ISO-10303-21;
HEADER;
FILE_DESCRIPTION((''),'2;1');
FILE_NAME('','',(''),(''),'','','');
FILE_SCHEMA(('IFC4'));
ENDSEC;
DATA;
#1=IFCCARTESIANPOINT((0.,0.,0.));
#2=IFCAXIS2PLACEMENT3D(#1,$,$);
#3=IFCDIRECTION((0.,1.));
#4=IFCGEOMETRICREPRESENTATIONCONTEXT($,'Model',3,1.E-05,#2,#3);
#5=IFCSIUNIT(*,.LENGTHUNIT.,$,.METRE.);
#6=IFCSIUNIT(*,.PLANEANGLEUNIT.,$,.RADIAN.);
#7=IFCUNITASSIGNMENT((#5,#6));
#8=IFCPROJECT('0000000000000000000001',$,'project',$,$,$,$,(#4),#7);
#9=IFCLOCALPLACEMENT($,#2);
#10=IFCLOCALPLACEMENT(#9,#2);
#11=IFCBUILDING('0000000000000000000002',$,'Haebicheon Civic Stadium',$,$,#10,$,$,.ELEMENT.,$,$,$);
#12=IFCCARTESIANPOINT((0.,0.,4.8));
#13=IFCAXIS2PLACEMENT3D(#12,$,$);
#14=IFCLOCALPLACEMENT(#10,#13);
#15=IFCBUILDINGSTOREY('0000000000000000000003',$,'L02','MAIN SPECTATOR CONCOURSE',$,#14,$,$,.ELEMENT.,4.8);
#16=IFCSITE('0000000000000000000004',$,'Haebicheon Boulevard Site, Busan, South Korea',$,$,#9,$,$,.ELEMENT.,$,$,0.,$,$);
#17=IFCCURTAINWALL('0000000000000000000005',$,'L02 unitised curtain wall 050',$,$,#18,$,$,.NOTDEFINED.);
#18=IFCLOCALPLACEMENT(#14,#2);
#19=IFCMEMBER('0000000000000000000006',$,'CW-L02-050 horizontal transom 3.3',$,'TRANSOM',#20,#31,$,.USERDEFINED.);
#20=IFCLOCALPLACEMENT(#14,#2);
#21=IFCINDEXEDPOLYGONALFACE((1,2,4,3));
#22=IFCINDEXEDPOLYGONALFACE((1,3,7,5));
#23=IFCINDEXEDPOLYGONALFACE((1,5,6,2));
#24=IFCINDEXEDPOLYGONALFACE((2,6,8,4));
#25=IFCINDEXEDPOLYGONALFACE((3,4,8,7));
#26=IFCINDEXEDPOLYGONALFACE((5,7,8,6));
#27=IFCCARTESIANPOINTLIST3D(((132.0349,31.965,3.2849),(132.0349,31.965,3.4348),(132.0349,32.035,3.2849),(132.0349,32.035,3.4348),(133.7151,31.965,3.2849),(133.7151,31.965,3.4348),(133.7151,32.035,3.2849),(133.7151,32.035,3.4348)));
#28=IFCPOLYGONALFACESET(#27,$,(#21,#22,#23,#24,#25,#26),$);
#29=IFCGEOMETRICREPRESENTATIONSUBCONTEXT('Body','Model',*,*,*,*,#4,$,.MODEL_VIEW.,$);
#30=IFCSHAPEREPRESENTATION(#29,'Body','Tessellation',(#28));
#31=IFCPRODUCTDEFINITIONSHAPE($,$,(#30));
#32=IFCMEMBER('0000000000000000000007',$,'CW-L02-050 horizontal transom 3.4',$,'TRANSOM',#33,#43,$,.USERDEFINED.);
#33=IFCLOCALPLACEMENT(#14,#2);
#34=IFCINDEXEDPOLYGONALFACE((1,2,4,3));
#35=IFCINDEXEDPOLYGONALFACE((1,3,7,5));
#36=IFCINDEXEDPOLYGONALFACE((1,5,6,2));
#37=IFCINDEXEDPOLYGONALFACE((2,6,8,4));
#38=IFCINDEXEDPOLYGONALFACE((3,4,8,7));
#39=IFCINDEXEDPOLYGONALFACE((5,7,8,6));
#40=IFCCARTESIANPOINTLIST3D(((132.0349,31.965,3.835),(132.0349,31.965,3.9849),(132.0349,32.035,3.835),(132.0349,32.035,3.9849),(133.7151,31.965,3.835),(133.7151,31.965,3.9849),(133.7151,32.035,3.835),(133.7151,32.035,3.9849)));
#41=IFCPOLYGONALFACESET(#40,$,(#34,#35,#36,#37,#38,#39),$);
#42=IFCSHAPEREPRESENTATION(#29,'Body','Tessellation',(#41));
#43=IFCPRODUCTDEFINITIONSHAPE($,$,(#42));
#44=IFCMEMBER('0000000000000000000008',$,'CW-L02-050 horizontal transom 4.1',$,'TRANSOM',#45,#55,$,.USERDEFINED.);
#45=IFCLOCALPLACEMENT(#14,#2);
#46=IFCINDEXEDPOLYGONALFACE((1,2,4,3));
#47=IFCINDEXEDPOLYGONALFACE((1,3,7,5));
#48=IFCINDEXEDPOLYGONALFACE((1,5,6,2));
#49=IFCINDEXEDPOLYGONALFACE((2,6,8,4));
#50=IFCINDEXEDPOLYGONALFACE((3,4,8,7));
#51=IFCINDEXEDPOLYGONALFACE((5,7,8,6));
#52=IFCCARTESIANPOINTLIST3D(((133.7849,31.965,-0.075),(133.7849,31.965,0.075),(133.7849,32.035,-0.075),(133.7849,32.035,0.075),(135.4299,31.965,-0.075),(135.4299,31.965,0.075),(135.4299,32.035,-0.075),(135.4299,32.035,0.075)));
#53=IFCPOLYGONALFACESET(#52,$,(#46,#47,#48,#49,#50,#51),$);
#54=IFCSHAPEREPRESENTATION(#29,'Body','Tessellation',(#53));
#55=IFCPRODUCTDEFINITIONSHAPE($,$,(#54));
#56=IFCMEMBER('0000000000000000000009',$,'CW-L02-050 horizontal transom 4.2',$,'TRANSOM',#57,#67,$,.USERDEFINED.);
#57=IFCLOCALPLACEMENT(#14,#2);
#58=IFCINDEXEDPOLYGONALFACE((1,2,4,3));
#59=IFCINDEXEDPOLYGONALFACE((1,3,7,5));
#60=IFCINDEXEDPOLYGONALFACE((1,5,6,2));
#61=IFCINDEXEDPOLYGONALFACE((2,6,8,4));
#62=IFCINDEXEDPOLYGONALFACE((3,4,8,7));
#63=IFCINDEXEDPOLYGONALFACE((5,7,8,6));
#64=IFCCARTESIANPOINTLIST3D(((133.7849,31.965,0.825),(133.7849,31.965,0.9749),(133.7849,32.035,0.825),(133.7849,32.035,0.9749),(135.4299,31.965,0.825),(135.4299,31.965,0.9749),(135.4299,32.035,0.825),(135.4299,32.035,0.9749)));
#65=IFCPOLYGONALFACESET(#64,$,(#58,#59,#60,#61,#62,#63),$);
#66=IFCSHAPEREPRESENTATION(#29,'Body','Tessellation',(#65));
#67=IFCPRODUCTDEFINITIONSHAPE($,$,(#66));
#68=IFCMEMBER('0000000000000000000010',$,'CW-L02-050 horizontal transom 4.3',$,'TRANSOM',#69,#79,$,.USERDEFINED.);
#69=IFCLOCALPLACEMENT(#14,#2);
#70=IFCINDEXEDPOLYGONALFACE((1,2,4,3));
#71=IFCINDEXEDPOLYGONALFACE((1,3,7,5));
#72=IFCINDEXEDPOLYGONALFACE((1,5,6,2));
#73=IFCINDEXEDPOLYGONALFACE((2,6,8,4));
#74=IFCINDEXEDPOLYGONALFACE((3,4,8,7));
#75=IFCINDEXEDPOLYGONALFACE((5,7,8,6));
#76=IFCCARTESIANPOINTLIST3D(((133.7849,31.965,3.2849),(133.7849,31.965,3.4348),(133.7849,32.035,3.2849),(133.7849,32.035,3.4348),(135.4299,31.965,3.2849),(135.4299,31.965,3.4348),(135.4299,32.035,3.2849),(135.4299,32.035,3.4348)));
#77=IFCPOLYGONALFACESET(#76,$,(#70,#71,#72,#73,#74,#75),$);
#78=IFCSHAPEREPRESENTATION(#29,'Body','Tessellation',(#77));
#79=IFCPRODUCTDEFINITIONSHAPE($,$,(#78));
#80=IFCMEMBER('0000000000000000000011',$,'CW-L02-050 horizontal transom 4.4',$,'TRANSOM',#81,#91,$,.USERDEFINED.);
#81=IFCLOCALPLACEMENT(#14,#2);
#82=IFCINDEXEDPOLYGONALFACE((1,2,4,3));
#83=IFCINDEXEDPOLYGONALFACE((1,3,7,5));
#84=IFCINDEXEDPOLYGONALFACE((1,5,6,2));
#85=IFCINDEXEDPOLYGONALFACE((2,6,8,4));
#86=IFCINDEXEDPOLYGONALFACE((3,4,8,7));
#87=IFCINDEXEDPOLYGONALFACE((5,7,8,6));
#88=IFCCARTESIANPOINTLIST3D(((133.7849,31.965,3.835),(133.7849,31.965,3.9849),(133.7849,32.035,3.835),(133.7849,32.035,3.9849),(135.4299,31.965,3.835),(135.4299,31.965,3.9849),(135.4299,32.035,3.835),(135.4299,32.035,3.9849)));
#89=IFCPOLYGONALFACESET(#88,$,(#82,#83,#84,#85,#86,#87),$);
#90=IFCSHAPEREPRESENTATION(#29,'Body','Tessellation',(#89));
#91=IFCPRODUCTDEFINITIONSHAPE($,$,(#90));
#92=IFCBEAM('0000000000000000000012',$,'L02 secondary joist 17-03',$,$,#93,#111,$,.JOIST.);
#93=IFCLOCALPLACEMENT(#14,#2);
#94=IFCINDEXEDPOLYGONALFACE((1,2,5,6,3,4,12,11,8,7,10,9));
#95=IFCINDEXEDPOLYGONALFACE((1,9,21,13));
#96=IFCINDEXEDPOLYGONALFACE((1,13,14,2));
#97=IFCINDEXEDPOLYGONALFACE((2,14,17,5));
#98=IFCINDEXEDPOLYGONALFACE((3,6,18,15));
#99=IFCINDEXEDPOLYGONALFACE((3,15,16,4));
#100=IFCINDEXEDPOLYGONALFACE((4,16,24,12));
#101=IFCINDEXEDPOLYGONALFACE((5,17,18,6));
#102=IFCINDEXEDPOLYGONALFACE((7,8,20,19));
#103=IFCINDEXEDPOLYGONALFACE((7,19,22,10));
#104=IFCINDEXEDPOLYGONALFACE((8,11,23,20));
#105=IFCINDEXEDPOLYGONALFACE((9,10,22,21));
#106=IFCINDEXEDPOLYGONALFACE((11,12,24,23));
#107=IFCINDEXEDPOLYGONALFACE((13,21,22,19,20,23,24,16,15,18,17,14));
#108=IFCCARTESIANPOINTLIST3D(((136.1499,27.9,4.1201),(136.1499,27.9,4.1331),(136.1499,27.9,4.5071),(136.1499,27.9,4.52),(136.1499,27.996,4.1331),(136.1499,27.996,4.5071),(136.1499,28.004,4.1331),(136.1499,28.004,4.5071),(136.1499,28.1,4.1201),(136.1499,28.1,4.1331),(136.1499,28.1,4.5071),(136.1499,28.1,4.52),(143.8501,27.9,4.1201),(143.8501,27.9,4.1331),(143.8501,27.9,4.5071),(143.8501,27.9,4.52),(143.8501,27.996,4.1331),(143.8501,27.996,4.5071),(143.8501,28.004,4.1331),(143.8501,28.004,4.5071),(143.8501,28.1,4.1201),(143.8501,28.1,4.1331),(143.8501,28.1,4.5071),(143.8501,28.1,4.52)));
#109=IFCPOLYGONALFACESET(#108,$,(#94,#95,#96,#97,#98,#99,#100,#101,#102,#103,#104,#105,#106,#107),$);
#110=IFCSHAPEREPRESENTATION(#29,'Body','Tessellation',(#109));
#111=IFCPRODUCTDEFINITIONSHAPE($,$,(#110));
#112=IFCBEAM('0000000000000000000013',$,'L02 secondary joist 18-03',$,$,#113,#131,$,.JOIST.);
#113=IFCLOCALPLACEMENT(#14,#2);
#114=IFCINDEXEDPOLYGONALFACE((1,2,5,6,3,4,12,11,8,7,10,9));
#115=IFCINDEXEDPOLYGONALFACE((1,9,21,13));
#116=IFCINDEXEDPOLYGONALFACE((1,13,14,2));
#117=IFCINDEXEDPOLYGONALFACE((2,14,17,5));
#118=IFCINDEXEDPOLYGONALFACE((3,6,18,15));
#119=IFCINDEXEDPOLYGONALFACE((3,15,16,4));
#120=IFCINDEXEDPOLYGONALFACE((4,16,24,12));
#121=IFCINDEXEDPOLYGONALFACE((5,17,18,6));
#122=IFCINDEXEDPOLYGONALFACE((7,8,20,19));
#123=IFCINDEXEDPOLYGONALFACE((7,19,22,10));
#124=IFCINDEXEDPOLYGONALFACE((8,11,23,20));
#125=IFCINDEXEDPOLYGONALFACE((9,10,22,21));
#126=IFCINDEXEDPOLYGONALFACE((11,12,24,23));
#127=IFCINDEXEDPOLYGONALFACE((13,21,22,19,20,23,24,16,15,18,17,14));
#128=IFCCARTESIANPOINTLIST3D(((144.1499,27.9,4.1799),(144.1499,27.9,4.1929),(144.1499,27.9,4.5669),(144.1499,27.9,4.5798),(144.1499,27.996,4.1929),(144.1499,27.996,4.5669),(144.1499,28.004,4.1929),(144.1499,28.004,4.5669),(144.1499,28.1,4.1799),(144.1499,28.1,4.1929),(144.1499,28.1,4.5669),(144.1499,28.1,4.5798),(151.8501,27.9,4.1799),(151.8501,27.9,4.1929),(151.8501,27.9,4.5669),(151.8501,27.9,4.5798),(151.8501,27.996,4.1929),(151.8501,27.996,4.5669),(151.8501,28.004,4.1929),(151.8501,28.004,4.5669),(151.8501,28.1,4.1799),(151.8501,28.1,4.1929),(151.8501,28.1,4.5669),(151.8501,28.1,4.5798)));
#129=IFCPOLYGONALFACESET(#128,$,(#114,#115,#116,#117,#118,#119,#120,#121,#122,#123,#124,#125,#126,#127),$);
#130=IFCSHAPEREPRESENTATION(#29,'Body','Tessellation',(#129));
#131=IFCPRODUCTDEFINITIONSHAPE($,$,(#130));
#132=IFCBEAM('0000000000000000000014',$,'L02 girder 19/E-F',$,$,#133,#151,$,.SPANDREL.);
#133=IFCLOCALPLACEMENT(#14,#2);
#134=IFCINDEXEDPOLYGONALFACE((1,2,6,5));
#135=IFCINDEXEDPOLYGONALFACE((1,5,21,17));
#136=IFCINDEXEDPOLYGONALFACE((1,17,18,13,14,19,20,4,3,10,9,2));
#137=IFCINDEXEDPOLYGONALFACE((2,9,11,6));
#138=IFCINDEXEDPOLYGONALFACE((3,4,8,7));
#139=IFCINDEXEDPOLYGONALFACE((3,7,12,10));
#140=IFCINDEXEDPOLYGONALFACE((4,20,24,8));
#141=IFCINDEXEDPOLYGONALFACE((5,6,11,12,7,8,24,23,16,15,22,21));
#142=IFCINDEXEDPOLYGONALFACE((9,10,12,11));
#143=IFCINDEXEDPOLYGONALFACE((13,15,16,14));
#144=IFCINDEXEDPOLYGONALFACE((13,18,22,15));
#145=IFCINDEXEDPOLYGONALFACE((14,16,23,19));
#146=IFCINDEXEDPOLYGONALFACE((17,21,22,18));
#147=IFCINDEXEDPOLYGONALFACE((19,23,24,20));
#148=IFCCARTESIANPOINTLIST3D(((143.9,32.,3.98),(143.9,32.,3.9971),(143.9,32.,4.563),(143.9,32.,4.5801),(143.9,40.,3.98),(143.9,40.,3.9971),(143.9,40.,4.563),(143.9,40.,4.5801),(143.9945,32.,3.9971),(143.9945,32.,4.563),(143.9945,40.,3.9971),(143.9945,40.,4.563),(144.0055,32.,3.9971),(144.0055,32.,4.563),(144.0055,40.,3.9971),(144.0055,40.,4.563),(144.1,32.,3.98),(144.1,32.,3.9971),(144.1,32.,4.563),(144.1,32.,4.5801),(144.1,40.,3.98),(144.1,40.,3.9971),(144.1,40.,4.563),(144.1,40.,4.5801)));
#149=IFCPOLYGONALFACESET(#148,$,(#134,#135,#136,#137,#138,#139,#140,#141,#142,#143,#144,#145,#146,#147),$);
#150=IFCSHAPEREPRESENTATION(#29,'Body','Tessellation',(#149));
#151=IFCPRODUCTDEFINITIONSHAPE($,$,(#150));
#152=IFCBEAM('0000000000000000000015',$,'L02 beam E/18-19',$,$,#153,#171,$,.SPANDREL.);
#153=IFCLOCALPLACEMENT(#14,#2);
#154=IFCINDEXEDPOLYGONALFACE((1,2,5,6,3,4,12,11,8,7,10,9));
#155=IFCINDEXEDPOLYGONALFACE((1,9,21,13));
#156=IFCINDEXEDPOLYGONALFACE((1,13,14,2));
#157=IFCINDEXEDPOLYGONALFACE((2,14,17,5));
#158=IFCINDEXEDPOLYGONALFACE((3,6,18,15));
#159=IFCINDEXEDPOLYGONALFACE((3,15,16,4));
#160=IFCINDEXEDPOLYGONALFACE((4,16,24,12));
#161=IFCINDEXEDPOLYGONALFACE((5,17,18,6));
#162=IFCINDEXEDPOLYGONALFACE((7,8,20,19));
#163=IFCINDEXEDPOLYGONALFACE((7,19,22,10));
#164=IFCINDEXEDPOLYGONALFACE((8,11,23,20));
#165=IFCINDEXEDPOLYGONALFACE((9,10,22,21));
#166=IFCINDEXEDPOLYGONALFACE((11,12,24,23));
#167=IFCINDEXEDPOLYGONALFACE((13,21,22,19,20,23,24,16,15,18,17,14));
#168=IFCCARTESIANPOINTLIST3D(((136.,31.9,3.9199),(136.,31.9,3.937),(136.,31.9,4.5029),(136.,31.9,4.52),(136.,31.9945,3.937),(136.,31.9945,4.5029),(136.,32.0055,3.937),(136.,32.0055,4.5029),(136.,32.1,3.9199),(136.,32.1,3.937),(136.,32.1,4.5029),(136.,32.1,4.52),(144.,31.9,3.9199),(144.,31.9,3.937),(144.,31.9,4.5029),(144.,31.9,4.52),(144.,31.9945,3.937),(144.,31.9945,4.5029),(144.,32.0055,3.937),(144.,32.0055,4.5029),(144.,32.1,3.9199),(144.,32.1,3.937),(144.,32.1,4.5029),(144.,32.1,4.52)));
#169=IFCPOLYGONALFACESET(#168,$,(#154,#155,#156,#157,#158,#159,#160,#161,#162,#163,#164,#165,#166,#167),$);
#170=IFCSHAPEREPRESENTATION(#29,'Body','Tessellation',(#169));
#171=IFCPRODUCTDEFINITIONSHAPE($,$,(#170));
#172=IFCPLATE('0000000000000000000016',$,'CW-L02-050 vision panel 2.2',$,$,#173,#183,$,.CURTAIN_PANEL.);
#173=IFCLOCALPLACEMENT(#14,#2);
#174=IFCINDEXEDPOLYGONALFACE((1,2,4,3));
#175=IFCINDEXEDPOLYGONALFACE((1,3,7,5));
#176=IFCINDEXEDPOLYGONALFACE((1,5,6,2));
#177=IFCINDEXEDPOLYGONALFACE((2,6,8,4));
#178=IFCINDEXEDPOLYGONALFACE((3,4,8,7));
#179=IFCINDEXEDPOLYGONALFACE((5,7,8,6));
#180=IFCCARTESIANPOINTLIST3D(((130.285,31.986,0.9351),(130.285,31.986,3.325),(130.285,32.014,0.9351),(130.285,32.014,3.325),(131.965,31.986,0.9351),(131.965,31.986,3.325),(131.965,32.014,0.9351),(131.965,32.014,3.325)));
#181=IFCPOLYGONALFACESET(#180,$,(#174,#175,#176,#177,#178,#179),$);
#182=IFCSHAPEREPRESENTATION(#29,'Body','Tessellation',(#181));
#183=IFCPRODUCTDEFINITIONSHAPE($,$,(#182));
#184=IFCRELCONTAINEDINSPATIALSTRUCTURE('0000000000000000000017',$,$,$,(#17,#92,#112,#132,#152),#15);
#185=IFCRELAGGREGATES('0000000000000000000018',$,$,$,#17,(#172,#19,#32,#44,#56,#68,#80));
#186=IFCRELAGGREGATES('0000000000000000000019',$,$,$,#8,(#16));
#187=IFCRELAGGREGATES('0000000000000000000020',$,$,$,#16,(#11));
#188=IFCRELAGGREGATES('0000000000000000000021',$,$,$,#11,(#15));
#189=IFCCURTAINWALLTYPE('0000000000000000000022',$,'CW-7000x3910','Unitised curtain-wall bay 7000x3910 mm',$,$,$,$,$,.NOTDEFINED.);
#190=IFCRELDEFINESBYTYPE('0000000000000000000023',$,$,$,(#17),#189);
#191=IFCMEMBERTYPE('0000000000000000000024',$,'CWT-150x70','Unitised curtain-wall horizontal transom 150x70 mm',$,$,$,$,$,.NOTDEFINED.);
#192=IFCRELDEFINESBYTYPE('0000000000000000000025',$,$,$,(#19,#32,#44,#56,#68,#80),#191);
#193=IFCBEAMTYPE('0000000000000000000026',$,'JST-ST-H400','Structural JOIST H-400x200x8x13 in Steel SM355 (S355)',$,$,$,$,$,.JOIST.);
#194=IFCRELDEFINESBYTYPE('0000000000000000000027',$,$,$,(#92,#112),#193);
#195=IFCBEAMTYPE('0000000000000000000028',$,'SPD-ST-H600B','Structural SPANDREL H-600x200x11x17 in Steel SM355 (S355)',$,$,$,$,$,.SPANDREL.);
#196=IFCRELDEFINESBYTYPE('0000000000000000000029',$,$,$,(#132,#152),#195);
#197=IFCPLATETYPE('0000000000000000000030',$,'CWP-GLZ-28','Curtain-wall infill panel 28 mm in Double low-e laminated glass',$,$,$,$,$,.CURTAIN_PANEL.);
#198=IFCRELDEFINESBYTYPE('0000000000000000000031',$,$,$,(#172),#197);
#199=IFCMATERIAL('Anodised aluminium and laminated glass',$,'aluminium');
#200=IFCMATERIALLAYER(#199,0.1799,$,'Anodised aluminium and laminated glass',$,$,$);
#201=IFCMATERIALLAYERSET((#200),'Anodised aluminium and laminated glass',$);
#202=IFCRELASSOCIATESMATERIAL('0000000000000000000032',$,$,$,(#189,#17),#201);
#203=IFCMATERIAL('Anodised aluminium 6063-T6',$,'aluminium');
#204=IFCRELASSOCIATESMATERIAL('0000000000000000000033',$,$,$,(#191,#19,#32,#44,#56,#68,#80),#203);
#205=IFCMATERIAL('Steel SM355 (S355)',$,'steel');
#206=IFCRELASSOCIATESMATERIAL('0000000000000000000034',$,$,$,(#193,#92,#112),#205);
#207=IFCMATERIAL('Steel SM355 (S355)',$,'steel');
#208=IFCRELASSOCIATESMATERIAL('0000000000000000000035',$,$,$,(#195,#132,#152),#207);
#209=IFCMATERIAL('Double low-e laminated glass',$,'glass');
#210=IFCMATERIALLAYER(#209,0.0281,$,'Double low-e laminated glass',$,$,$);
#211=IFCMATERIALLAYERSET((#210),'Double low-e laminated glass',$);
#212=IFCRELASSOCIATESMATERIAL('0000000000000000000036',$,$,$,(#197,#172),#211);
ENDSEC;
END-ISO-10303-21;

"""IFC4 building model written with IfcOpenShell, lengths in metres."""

from ifc_helpers import new_model, si_unit, direction, frame, origin, origin_2d, place, context, subcontext, project, spatial, rectangle, i_section, extrude, material, layer, layer_set, material_profile, profile_set, type_object, element, aggregate, save


model = new_model("IFC4")

# Units and contexts
model_context = context("Model", 3, precision=1e-05, world=origin(), true_north=direction((0.0, 1.0)))
body_context = subcontext(model_context, "Body", "Model", "MODEL_VIEW")
ifc_project = project(units=[si_unit("LENGTHUNIT", "METRE"), si_unit("PLANEANGLEUNIT", "RADIAN")], contexts=[model_context])

# Site, building, storey
site_placement = place(None, origin())
site = spatial("IfcSite", under=ifc_project, at=site_placement, Name="Haebicheon Boulevard Site, Busan, South Korea", CompositionType="ELEMENT", RefElevation=0.0)
building_placement = place(site_placement, origin())
building = spatial("IfcBuilding", under=site, at=building_placement, Name="Haebicheon Civic Stadium", CompositionType="ELEMENT")
storey_placement = place(building_placement, frame((0.0, 0.0, 4.8)))
storey = spatial("IfcBuildingStorey", under=building, at=storey_placement, Name="L02", Description="MAIN SPECTATOR CONCOURSE", CompositionType="ELEMENT", Elevation=4.8)

# Curtain wall, members
ifc_material_1 = material(Name="Anodised aluminium and laminated glass", Category="aluminium")
ifc_layer_1 = layer(ifc_material_1, 0.1799, Name="Anodised aluminium and laminated glass")
ifc_layer_set_1 = layer_set([ifc_layer_1], Name="Anodised aluminium and laminated glass")
curtain_wall_type = type_object("IfcCurtainWallType", Name="CW-7000x3910", Description="Unitised curtain-wall bay 7000x3910 mm", PredefinedType="NOTDEFINED", material=ifc_layer_set_1)
curtain_wall_placement = place(storey_placement, origin())
curtain_wall = element("IfcCurtainWall", 1, at=curtain_wall_placement, inside=storey, type_object=curtain_wall_type, material=ifc_layer_set_1, Name="L02 unitised curtain wall 050", PredefinedType="NOTDEFINED")
ifc_material_2 = material(Name="Anodised aluminium 6063-T6", Category="aluminium")
ifc_material_profile_1 = material_profile(ifc_material_2, rectangle(XDim=0.0701, YDim=0.1499, at=origin_2d()), Name="ALU-TRAN-70x150")
ifc_profile_set_1 = profile_set([ifc_material_profile_1], Name="Anodised aluminium 6063-T6")
member_type_1 = type_object("IfcMemberType", Name="CWT-150x70", Description="Unitised curtain-wall horizontal transom 150x70 mm", PredefinedType="NOTDEFINED", material=ifc_profile_set_1)
member_1_placement = place(storey_placement, frame((132.0349, 32.0, 3.3599), z_axis=(1.0, 0.0, 0.0), x_axis=(0.0, 1.0, 0.0)))
member_1 = element("IfcMember", 2, at=member_1_placement, type_object=member_type_1, material=ifc_profile_set_1, Name="CW-L02-050 horizontal transom 3.3", ObjectType="TRANSOM", PredefinedType="USERDEFINED", context=body_context, shape_type="SweptSolid", body=[
    extrude(rectangle(XDim=0.0701, YDim=0.1499, at=origin_2d()), origin(), (0.0, 0.0, 1.0), 1.6802),
])
member_2_placement = place(storey_placement, frame((132.0349, 32.0, 3.9099), z_axis=(1.0, 0.0, 0.0), x_axis=(0.0, 1.0, 0.0)))
member_2 = element("IfcMember", 3, at=member_2_placement, type_object=member_type_1, material=ifc_profile_set_1, Name="CW-L02-050 horizontal transom 3.4", ObjectType="TRANSOM", PredefinedType="USERDEFINED", context=body_context, shape_type="SweptSolid", body=[
    extrude(rectangle(XDim=0.0701, YDim=0.1499, at=origin_2d()), origin(), (0.0, 0.0, 1.0), 1.6802),
])
member_3_placement = place(storey_placement, frame((133.7849, 32.0, 0.0), z_axis=(1.0, 0.0, 0.0), x_axis=(0.0, 1.0, 0.0)))
member_3 = element("IfcMember", 4, at=member_3_placement, type_object=member_type_1, material=ifc_profile_set_1, Name="CW-L02-050 horizontal transom 4.1", ObjectType="TRANSOM", PredefinedType="USERDEFINED", context=body_context, shape_type="SweptSolid", body=[
    extrude(rectangle(XDim=0.0701, YDim=0.1499, at=origin_2d()), origin(), (0.0, 0.0, 1.0), 1.645),
])
member_4_placement = place(storey_placement, frame((133.7849, 32.0, 0.8999), z_axis=(1.0, 0.0, 0.0), x_axis=(0.0, 1.0, 0.0)))
member_4 = element("IfcMember", 5, at=member_4_placement, type_object=member_type_1, material=ifc_profile_set_1, Name="CW-L02-050 horizontal transom 4.2", ObjectType="TRANSOM", PredefinedType="USERDEFINED", context=body_context, shape_type="SweptSolid", body=[
    extrude(rectangle(XDim=0.0701, YDim=0.1499, at=origin_2d()), origin(), (0.0, 0.0, 1.0), 1.645),
])
member_5_placement = place(storey_placement, frame((133.7849, 32.0, 3.3599), z_axis=(1.0, 0.0, 0.0), x_axis=(0.0, 1.0, 0.0)))
member_5 = element("IfcMember", 6, at=member_5_placement, type_object=member_type_1, material=ifc_profile_set_1, Name="CW-L02-050 horizontal transom 4.3", ObjectType="TRANSOM", PredefinedType="USERDEFINED", context=body_context, shape_type="SweptSolid", body=[
    extrude(rectangle(XDim=0.0701, YDim=0.1499, at=origin_2d()), origin(), (0.0, 0.0, 1.0), 1.645),
])
member_6_placement = place(storey_placement, frame((133.7849, 32.0, 3.9099), z_axis=(1.0, 0.0, 0.0), x_axis=(0.0, 1.0, 0.0)))
member_6 = element("IfcMember", 7, at=member_6_placement, type_object=member_type_1, material=ifc_profile_set_1, Name="CW-L02-050 horizontal transom 4.4", ObjectType="TRANSOM", PredefinedType="USERDEFINED", context=body_context, shape_type="SweptSolid", body=[
    extrude(rectangle(XDim=0.0701, YDim=0.1499, at=origin_2d()), origin(), (0.0, 0.0, 1.0), 1.645),
])

# Beams
ifc_material_3 = material(Name="Steel SM355 (S355)", Category="steel")
ifc_material_profile_2 = material_profile(ifc_material_3, i_section(OverallWidth=0.2, OverallDepth=0.3999, WebThickness=0.0081, FlangeThickness=0.0129, at=origin_2d()), Name="H-400x200x8x13")
ifc_profile_set_2 = profile_set([ifc_material_profile_2], Name="Steel SM355 (S355)")
beam_type_1 = type_object("IfcBeamType", Name="JST-ST-H400", Description="Structural JOIST H-400x200x8x13 in Steel SM355 (S355)", PredefinedType="JOIST", material=ifc_profile_set_2)
for number, where, z_axis, x_axis, name in (
    (8, (136.1499, 28.0, 4.3201), (1.0, 0.0, 0.0), (0.0, 1.0, 0.0), "L02 secondary joist 17-03"),
    (9, (144.1499, 28.0, 4.3799), (1.0, 0.0, 0.0), (0.0, 1.0, 0.0), "L02 secondary joist 18-03"),
):
    element("IfcBeam", number, at=place(storey_placement, frame(where, z_axis=z_axis, x_axis=x_axis)), inside=storey, type_object=beam_type_1, material=ifc_profile_set_2, Name=name, PredefinedType="JOIST", context=body_context, shape_type="SweptSolid", body=[
        extrude(i_section(OverallWidth=0.2, OverallDepth=0.3999, WebThickness=0.0081, FlangeThickness=0.0129, at=origin_2d()), origin(), (0.0, 0.0, 1.0), 7.7002),
    ])
ifc_material_4 = material(Name="Steel SM355 (S355)", Category="steel")
ifc_material_profile_3 = material_profile(ifc_material_4, i_section(OverallWidth=0.2, OverallDepth=0.6001, WebThickness=0.011, FlangeThickness=0.0171, at=origin_2d()), Name="H-600x200x11x17")
ifc_profile_set_3 = profile_set([ifc_material_profile_3], Name="Steel SM355 (S355)")
beam_type_2 = type_object("IfcBeamType", Name="SPD-ST-H600B", Description="Structural SPANDREL H-600x200x11x17 in Steel SM355 (S355)", PredefinedType="SPANDREL", material=ifc_profile_set_3)
for number, where, z_axis, x_axis, name in (
    (10, (144.0, 32.0, 4.28), (0.0, 1.0, 0.0), (-1.0, 0.0, 0.0), "L02 girder 19/E-F"),
    (11, (136.0, 32.0, 4.22), (1.0, 0.0, 0.0), (0.0, 1.0, 0.0), "L02 beam E/18-19"),
):
    element("IfcBeam", number, at=place(storey_placement, frame(where, z_axis=z_axis, x_axis=x_axis)), inside=storey, type_object=beam_type_2, material=ifc_profile_set_3, Name=name, PredefinedType="SPANDREL", context=body_context, shape_type="SweptSolid", body=[
        extrude(i_section(OverallWidth=0.2, OverallDepth=0.6001, WebThickness=0.011, FlangeThickness=0.0171, at=origin_2d()), origin(), (0.0, 0.0, 1.0), 8.0),
    ])

# Plate
ifc_material_5 = material(Name="Double low-e laminated glass", Category="glass")
ifc_layer_2 = layer(ifc_material_5, 0.0281, Name="Double low-e laminated glass")
ifc_layer_set_2 = layer_set([ifc_layer_2], Name="Double low-e laminated glass")
plate_type_1 = type_object("IfcPlateType", Name="CWP-GLZ-28", Description="Curtain-wall infill panel 28 mm in Double low-e laminated glass", PredefinedType="CURTAIN_PANEL", material=ifc_layer_set_2)
plate_1_placement = place(storey_placement, frame((131.125, 32.0, 0.9351), z_axis=(0.0, 0.0, 1.0), x_axis=(1.0, 0.0, 0.0)))
plate_1 = element("IfcPlate", 12, at=plate_1_placement, type_object=plate_type_1, material=ifc_layer_set_2, Name="CW-L02-050 vision panel 2.2", PredefinedType="CURTAIN_PANEL", context=body_context, shape_type="SweptSolid", body=[
    extrude(rectangle(XDim=1.6799, YDim=0.0281, at=origin_2d()), origin(), (0.0, 0.0, 1.0), 2.3899),
])
aggregate(curtain_wall, [plate_1, member_1, member_2, member_3, member_4, member_5, member_6])

save(model, "model.ifc")
